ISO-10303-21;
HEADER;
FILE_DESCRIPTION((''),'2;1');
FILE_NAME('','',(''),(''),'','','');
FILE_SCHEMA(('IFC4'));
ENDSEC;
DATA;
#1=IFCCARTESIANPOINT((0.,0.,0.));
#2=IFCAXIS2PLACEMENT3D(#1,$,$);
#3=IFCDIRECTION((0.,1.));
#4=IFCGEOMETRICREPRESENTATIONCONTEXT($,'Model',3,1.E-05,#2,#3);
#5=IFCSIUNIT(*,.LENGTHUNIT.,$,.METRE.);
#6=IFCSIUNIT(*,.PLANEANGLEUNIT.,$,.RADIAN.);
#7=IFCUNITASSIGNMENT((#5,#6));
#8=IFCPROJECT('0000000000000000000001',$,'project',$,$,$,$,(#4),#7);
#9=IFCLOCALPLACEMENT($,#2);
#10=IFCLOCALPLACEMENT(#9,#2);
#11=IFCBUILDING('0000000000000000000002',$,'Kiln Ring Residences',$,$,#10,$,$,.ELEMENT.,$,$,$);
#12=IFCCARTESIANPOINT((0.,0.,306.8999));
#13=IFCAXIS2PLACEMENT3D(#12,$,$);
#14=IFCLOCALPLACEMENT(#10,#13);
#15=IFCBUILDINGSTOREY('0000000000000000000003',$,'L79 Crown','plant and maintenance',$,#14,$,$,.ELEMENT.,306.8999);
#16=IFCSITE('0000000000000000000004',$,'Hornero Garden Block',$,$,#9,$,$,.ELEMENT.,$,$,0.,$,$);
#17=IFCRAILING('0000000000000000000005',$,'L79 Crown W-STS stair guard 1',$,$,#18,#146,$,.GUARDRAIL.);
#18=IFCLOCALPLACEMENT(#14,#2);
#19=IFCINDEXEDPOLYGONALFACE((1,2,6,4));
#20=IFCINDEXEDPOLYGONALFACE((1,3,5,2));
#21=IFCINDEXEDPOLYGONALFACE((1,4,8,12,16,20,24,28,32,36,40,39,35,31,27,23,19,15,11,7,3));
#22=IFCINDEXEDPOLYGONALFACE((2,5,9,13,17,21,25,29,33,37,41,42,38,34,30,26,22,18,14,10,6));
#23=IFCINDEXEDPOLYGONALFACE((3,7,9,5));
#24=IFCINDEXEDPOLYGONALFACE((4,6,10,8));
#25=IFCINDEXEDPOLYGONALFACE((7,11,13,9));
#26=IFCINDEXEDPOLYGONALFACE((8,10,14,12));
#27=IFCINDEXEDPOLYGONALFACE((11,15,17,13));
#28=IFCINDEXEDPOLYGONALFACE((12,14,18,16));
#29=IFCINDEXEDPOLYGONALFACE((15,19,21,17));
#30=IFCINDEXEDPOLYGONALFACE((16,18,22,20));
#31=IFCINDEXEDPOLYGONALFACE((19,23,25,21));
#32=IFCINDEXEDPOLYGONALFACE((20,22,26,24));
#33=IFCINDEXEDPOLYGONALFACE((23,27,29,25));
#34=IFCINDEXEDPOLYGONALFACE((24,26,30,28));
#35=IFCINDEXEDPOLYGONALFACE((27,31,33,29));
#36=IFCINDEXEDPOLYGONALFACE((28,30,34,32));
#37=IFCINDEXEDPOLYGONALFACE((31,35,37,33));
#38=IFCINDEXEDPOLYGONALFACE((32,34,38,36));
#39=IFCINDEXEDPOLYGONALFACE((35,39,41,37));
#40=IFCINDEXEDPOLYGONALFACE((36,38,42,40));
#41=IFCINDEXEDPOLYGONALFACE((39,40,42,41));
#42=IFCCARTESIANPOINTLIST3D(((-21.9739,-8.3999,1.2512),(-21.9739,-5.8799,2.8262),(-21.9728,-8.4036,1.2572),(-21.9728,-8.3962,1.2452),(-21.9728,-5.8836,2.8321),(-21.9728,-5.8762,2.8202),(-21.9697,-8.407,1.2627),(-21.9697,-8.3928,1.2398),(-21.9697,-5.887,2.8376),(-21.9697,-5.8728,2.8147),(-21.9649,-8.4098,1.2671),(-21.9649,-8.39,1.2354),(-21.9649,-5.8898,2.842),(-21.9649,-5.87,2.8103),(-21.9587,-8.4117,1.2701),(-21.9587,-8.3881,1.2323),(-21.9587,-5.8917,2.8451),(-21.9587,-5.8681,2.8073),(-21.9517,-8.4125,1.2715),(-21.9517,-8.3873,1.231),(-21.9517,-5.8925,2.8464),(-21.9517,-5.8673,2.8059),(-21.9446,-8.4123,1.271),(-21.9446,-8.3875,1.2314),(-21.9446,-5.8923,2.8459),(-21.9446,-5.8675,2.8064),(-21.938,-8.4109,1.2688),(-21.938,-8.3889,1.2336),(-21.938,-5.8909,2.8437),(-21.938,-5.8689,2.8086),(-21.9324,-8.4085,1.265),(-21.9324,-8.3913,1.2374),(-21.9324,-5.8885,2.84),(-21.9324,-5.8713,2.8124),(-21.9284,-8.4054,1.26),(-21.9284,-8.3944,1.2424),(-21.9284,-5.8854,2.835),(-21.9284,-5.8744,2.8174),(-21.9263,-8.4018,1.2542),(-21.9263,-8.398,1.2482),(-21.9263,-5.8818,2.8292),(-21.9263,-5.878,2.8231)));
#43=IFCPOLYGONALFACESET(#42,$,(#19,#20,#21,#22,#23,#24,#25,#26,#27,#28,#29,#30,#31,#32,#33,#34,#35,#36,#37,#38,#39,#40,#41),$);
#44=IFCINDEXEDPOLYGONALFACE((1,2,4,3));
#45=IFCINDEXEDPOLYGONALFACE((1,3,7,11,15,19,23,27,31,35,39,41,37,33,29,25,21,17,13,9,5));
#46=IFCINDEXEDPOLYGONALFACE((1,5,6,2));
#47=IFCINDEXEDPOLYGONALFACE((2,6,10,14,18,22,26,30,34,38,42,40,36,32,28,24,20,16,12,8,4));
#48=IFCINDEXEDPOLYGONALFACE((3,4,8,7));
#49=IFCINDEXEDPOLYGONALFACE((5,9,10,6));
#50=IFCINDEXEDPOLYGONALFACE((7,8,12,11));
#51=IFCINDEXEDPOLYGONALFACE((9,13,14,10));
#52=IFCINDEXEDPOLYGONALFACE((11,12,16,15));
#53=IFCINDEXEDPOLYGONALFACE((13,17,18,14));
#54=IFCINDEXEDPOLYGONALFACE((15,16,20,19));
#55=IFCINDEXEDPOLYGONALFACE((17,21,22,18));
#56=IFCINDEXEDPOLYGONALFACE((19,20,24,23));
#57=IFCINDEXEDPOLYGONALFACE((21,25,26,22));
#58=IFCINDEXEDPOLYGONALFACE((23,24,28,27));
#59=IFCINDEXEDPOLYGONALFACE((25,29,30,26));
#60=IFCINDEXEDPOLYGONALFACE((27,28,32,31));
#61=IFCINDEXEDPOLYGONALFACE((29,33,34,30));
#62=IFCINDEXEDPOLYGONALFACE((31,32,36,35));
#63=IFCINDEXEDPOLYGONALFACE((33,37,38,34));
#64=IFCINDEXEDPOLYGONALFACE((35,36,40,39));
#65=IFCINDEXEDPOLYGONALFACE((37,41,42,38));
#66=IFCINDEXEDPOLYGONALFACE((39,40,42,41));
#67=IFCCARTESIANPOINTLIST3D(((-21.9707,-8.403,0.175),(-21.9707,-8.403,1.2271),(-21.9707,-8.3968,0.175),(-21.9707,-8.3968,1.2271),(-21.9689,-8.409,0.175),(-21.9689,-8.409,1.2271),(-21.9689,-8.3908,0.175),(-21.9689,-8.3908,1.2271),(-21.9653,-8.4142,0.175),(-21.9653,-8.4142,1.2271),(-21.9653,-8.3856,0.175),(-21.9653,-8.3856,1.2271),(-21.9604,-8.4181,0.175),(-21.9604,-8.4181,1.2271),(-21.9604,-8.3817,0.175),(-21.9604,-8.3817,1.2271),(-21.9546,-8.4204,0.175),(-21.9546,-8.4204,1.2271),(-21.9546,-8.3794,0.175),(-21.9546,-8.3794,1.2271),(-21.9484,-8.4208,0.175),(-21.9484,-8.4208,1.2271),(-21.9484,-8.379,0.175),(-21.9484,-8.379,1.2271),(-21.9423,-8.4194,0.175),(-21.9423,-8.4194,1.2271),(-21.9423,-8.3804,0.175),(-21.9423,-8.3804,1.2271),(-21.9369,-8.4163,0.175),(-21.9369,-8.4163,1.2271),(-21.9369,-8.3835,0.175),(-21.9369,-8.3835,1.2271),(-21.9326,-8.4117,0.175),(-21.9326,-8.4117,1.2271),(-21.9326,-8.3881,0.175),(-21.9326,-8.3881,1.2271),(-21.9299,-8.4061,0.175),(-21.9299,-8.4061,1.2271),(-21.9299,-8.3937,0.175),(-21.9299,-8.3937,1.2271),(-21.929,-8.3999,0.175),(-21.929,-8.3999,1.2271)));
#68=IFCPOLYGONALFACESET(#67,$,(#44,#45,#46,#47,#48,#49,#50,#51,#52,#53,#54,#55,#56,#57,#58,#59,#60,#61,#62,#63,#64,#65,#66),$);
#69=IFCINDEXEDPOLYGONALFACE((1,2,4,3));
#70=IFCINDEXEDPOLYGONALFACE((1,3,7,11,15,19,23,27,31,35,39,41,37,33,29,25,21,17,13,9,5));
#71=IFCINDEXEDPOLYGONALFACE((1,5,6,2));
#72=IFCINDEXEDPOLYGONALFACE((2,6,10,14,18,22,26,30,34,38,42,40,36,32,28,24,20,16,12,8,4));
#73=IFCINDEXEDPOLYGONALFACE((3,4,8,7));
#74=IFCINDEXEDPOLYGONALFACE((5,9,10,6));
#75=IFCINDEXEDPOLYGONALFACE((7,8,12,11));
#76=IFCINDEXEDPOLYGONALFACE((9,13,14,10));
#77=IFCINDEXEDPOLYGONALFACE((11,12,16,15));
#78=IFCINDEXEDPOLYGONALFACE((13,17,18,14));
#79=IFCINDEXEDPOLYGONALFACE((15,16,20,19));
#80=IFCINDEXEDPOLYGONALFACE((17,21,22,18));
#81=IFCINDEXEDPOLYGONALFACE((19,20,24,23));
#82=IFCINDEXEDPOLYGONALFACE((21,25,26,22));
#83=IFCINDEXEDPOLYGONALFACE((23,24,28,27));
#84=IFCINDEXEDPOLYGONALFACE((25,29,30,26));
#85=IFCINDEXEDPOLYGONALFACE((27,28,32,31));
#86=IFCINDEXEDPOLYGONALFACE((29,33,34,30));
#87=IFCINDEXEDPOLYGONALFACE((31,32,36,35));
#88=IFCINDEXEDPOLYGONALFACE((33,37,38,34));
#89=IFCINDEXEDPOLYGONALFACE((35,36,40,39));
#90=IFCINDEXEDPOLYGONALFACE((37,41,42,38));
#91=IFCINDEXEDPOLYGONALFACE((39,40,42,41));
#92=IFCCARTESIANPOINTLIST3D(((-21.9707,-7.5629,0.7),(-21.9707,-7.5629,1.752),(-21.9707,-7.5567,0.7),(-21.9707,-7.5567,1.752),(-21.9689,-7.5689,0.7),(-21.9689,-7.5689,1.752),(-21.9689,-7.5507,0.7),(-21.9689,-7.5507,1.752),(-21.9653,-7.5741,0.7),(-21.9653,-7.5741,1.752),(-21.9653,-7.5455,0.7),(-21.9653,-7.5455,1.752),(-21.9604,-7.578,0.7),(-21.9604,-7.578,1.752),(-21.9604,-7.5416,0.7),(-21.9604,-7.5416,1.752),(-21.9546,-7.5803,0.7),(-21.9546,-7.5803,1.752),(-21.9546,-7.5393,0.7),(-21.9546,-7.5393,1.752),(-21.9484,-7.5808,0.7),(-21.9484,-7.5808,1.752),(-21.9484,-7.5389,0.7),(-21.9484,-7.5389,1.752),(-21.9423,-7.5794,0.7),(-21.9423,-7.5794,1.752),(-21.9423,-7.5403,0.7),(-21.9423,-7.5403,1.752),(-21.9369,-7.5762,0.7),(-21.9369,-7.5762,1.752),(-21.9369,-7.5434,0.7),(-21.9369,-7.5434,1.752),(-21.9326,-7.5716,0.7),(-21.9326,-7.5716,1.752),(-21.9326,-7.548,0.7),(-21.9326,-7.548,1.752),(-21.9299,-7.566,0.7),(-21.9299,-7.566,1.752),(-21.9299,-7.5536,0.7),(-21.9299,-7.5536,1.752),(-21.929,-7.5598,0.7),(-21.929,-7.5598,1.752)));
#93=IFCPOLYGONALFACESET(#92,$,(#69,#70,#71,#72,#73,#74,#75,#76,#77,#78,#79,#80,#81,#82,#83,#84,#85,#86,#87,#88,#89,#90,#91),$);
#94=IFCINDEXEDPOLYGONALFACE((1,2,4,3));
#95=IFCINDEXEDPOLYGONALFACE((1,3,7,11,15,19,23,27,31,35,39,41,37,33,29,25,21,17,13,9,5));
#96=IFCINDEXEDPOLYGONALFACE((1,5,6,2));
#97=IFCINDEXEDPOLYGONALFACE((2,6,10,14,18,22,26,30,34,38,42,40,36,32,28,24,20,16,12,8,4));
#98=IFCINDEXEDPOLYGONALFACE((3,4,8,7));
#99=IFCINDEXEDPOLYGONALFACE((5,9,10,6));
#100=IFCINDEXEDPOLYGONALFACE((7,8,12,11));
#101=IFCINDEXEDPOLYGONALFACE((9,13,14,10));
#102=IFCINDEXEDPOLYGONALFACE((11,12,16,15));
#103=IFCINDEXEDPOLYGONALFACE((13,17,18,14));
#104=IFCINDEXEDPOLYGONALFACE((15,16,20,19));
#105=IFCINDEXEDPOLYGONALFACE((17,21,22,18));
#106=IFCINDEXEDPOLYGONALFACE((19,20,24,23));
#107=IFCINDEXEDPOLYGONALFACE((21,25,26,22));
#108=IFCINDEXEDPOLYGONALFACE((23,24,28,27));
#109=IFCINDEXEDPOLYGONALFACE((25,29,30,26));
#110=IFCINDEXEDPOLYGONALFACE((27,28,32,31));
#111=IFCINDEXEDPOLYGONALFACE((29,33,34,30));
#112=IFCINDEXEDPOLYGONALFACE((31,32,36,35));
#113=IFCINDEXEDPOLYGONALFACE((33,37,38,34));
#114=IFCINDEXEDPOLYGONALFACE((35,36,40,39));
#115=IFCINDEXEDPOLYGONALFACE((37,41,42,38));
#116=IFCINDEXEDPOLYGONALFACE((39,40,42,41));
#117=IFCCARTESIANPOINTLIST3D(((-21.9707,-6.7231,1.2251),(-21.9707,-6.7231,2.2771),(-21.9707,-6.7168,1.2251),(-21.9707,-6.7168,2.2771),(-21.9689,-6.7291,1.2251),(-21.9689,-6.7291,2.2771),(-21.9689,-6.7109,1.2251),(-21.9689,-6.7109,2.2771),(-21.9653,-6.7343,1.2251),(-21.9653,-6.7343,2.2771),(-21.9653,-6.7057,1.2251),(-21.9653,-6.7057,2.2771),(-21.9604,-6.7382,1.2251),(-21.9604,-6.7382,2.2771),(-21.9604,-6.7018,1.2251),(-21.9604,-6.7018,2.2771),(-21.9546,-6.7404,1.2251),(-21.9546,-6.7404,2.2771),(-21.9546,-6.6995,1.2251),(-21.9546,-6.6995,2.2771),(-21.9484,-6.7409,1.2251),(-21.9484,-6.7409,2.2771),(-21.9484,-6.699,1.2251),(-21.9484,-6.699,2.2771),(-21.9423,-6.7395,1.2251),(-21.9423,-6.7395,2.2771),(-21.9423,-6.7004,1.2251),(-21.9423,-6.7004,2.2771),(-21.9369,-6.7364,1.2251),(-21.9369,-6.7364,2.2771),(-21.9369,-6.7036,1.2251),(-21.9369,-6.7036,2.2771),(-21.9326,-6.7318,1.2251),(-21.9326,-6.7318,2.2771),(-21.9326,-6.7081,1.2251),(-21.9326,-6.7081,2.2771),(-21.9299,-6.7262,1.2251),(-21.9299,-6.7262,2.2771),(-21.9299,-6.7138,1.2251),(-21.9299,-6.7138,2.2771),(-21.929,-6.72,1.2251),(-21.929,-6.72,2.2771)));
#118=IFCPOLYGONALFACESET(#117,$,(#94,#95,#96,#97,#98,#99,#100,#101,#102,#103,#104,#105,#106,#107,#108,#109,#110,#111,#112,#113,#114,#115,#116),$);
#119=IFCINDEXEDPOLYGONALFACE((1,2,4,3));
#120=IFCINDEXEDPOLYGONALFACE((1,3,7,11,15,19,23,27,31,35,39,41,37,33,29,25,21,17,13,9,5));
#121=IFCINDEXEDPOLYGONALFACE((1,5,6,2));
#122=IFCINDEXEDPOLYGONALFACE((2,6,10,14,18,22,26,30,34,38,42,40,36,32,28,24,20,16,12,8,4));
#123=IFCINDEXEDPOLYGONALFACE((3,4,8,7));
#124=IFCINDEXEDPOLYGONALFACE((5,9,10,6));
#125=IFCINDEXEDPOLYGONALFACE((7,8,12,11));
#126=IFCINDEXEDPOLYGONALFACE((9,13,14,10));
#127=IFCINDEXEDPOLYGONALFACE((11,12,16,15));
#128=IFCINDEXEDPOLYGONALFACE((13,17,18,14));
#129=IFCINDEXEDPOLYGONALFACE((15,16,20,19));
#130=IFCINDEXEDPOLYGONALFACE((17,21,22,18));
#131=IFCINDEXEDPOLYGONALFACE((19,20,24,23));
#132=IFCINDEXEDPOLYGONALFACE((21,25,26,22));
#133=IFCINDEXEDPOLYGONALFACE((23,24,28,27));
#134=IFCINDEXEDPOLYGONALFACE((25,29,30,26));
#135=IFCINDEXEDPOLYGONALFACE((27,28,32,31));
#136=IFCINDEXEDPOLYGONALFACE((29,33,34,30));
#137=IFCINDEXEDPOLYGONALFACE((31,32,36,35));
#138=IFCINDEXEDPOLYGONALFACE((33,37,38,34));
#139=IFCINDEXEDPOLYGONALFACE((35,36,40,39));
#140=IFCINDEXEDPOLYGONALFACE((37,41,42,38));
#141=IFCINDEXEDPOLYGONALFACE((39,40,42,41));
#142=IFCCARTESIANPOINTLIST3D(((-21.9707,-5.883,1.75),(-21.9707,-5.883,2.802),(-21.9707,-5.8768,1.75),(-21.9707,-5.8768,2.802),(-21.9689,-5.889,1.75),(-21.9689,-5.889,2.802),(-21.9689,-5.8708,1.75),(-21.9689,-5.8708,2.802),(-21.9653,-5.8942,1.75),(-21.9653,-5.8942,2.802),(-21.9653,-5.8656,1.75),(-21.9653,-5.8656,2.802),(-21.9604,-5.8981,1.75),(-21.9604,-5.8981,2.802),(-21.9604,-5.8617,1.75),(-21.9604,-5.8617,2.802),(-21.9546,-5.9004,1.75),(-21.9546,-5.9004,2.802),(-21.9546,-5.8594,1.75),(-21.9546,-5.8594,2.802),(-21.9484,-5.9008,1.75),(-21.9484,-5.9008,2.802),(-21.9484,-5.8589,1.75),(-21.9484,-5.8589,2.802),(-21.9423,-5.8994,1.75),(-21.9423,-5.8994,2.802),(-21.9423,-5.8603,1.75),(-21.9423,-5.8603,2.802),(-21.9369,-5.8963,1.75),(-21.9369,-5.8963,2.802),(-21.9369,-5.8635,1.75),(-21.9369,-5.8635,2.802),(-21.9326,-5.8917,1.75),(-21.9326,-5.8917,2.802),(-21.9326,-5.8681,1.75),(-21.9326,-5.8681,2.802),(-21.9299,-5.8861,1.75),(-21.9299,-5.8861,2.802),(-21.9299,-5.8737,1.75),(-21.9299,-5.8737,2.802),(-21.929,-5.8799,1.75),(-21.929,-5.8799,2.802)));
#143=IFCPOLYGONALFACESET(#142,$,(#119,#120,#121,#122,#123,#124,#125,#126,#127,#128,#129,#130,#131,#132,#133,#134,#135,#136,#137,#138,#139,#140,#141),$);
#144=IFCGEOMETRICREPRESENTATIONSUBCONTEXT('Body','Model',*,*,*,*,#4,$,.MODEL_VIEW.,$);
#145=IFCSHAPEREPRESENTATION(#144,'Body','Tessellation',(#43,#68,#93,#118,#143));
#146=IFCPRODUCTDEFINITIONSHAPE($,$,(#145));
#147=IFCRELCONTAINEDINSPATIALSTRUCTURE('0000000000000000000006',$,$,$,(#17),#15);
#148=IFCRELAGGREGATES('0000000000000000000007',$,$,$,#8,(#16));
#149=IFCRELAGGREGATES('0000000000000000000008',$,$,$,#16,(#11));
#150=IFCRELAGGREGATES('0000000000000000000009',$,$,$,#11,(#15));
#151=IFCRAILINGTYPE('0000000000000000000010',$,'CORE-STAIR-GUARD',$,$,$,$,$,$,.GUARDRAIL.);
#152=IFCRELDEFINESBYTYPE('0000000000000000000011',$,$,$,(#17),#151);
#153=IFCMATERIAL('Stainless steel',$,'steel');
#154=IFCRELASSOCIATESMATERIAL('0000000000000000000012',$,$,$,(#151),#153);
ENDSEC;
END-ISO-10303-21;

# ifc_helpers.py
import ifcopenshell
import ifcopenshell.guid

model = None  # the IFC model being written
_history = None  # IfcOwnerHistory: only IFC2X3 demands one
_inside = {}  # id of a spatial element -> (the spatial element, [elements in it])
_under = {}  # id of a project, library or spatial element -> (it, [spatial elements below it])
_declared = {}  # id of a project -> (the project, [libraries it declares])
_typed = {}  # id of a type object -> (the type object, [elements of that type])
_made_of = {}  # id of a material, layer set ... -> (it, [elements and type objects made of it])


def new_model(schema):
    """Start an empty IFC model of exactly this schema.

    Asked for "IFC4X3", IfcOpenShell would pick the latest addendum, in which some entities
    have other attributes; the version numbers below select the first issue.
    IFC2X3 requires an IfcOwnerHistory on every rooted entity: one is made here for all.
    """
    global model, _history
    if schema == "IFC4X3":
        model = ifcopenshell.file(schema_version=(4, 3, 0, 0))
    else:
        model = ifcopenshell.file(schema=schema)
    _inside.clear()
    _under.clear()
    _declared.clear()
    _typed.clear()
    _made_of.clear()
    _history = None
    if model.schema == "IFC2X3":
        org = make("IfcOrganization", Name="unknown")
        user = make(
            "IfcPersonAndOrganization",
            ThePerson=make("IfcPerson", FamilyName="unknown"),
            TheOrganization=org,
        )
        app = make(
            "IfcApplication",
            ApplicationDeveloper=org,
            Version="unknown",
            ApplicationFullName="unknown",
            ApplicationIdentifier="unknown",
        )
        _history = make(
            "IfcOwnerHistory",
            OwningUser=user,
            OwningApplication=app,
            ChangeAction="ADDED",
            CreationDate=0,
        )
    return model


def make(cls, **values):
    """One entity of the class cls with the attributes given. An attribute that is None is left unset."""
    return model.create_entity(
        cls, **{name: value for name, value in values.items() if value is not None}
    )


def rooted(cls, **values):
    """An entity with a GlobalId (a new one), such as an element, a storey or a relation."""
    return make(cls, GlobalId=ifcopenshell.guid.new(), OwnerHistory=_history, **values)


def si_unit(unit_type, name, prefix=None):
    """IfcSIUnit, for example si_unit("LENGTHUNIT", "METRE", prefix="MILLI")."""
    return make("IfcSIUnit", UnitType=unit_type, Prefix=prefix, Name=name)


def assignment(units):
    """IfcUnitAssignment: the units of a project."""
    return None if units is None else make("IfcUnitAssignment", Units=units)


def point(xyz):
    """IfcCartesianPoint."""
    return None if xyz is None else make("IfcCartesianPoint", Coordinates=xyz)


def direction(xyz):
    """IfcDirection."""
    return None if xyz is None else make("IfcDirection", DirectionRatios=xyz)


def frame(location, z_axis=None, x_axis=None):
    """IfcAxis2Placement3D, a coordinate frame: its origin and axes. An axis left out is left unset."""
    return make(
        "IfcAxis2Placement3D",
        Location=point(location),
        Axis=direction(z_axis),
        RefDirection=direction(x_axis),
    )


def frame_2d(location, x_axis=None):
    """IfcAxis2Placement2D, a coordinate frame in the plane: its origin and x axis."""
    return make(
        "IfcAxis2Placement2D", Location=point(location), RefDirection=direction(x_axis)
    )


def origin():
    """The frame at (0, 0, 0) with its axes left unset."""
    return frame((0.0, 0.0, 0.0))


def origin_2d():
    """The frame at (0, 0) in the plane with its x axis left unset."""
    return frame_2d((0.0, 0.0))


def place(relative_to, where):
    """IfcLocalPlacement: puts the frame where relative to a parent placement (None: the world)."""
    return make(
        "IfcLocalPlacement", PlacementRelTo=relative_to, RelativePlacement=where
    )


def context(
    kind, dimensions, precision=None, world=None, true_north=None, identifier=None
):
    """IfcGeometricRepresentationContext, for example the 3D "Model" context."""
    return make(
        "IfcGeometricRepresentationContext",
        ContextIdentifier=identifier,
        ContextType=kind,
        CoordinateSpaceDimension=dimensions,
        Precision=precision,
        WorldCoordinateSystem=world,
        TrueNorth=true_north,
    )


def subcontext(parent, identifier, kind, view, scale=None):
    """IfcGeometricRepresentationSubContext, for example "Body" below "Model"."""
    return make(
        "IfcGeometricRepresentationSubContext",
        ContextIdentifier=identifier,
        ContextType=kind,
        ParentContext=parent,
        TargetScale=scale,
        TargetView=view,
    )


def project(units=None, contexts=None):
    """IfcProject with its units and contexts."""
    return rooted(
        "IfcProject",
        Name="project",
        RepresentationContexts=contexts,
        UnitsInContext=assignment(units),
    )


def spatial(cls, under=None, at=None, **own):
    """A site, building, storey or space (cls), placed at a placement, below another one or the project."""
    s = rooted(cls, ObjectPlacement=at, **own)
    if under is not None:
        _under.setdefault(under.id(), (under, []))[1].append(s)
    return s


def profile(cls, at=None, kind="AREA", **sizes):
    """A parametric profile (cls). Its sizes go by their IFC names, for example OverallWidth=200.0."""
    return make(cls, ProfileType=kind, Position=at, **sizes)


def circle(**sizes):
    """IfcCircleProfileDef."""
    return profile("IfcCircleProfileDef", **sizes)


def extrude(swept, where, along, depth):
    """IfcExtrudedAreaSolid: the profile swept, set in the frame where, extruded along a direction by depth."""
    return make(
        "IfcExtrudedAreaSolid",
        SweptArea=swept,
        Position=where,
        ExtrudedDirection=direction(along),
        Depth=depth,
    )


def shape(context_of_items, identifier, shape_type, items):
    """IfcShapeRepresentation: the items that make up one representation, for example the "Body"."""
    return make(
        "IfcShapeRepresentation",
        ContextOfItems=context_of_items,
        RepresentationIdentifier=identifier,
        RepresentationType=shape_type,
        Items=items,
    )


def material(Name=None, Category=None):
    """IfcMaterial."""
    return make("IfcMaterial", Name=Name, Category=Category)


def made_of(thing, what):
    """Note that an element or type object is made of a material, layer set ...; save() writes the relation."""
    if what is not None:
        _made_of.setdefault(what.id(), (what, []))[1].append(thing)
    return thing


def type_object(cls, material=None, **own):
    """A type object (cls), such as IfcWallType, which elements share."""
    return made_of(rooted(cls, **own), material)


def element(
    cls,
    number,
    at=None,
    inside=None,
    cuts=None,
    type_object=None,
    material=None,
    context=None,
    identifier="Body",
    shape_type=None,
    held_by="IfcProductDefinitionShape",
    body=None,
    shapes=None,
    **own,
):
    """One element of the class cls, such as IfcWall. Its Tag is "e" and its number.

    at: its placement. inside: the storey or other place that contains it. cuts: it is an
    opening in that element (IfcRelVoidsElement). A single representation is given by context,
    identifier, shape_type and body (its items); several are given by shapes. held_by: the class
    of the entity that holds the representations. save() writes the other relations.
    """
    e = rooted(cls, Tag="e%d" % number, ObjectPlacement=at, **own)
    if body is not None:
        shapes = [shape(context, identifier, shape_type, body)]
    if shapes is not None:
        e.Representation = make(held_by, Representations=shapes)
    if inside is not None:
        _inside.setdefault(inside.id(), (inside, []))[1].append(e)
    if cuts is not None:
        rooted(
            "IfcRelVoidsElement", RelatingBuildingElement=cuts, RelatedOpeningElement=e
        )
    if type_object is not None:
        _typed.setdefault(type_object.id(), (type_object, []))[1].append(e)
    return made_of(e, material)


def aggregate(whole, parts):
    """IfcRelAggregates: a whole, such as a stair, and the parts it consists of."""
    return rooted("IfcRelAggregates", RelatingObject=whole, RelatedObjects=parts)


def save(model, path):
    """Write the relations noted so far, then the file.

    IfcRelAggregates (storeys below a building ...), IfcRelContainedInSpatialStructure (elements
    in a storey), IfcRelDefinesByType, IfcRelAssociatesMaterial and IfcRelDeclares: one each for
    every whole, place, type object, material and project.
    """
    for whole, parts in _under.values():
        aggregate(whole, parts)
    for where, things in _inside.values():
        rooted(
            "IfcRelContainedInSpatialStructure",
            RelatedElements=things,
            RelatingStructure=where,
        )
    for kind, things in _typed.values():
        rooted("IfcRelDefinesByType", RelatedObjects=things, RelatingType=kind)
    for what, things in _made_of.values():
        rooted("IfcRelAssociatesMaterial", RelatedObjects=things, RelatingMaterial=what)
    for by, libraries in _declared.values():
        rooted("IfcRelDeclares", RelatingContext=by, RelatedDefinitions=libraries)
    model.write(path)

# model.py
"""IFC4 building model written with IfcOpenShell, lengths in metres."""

from ifc_helpers import new_model, si_unit, direction, frame, origin, origin_2d, place, context, subcontext, project, spatial, circle, extrude, material, type_object, element, save


model = new_model("IFC4")

# Units and contexts
model_context = context("Model", 3, precision=1e-05, world=origin(), true_north=direction((0.0, 1.0)))
body_context = subcontext(model_context, "Body", "Model", "MODEL_VIEW")
ifc_project = project(units=[si_unit("LENGTHUNIT", "METRE"), si_unit("PLANEANGLEUNIT", "RADIAN")], contexts=[model_context])

# Site, building, storey
site_placement = place(None, origin())
site = spatial("IfcSite", under=ifc_project, at=site_placement, Name="Hornero Garden Block", CompositionType="ELEMENT", RefElevation=0.0)
building_placement = place(site_placement, origin())
building = spatial("IfcBuilding", under=site, at=building_placement, Name="Kiln Ring Residences", CompositionType="ELEMENT")
storey_placement = place(building_placement, frame((0.0, 0.0, 306.8999)))
storey = spatial("IfcBuildingStorey", under=building, at=storey_placement, Name="L79 Crown", Description="plant and maintenance", CompositionType="ELEMENT", Elevation=306.8999)

# Railing
ifc_material_1 = material(Name="Stainless steel", Category="steel")
railing_type_1 = type_object("IfcRailingType", Name="CORE-STAIR-GUARD", PredefinedType="GUARDRAIL", material=ifc_material_1)
railing_1_placement = place(storey_placement, frame((-21.95, -8.3999, 0.175)))
element("IfcRailing", 1, at=railing_1_placement, inside=storey, type_object=railing_type_1, Name="L79 Crown W-STS stair guard 1", PredefinedType="GUARDRAIL", context=body_context, shape_type="SweptSolid", body=[
    extrude(circle(Radius=0.0239, at=origin_2d()), frame((0.0, 0.0, 1.0762), z_axis=(0.0, 0.848008, 0.529984), x_axis=(-1.0, 0.0, 0.0)), (0.0, 0.0, 1.0), 2.9717),
    extrude(circle(Radius=0.021, at=origin_2d()), origin(), (0.0, 0.0, 1.0), 1.052),
    extrude(circle(Radius=0.021, at=origin_2d()), frame((0.0, 0.8401, 0.5249)), (0.0, 0.0, 1.0), 1.052),
    extrude(circle(Radius=0.021, at=origin_2d()), frame((0.0, 1.6799, 1.05)), (0.0, 0.0, 1.0), 1.052),
    extrude(circle(Radius=0.021, at=origin_2d()), frame((0.0, 2.52, 1.575)), (0.0, 0.0, 1.0), 1.052),
])

save(model, "model.ifc")
